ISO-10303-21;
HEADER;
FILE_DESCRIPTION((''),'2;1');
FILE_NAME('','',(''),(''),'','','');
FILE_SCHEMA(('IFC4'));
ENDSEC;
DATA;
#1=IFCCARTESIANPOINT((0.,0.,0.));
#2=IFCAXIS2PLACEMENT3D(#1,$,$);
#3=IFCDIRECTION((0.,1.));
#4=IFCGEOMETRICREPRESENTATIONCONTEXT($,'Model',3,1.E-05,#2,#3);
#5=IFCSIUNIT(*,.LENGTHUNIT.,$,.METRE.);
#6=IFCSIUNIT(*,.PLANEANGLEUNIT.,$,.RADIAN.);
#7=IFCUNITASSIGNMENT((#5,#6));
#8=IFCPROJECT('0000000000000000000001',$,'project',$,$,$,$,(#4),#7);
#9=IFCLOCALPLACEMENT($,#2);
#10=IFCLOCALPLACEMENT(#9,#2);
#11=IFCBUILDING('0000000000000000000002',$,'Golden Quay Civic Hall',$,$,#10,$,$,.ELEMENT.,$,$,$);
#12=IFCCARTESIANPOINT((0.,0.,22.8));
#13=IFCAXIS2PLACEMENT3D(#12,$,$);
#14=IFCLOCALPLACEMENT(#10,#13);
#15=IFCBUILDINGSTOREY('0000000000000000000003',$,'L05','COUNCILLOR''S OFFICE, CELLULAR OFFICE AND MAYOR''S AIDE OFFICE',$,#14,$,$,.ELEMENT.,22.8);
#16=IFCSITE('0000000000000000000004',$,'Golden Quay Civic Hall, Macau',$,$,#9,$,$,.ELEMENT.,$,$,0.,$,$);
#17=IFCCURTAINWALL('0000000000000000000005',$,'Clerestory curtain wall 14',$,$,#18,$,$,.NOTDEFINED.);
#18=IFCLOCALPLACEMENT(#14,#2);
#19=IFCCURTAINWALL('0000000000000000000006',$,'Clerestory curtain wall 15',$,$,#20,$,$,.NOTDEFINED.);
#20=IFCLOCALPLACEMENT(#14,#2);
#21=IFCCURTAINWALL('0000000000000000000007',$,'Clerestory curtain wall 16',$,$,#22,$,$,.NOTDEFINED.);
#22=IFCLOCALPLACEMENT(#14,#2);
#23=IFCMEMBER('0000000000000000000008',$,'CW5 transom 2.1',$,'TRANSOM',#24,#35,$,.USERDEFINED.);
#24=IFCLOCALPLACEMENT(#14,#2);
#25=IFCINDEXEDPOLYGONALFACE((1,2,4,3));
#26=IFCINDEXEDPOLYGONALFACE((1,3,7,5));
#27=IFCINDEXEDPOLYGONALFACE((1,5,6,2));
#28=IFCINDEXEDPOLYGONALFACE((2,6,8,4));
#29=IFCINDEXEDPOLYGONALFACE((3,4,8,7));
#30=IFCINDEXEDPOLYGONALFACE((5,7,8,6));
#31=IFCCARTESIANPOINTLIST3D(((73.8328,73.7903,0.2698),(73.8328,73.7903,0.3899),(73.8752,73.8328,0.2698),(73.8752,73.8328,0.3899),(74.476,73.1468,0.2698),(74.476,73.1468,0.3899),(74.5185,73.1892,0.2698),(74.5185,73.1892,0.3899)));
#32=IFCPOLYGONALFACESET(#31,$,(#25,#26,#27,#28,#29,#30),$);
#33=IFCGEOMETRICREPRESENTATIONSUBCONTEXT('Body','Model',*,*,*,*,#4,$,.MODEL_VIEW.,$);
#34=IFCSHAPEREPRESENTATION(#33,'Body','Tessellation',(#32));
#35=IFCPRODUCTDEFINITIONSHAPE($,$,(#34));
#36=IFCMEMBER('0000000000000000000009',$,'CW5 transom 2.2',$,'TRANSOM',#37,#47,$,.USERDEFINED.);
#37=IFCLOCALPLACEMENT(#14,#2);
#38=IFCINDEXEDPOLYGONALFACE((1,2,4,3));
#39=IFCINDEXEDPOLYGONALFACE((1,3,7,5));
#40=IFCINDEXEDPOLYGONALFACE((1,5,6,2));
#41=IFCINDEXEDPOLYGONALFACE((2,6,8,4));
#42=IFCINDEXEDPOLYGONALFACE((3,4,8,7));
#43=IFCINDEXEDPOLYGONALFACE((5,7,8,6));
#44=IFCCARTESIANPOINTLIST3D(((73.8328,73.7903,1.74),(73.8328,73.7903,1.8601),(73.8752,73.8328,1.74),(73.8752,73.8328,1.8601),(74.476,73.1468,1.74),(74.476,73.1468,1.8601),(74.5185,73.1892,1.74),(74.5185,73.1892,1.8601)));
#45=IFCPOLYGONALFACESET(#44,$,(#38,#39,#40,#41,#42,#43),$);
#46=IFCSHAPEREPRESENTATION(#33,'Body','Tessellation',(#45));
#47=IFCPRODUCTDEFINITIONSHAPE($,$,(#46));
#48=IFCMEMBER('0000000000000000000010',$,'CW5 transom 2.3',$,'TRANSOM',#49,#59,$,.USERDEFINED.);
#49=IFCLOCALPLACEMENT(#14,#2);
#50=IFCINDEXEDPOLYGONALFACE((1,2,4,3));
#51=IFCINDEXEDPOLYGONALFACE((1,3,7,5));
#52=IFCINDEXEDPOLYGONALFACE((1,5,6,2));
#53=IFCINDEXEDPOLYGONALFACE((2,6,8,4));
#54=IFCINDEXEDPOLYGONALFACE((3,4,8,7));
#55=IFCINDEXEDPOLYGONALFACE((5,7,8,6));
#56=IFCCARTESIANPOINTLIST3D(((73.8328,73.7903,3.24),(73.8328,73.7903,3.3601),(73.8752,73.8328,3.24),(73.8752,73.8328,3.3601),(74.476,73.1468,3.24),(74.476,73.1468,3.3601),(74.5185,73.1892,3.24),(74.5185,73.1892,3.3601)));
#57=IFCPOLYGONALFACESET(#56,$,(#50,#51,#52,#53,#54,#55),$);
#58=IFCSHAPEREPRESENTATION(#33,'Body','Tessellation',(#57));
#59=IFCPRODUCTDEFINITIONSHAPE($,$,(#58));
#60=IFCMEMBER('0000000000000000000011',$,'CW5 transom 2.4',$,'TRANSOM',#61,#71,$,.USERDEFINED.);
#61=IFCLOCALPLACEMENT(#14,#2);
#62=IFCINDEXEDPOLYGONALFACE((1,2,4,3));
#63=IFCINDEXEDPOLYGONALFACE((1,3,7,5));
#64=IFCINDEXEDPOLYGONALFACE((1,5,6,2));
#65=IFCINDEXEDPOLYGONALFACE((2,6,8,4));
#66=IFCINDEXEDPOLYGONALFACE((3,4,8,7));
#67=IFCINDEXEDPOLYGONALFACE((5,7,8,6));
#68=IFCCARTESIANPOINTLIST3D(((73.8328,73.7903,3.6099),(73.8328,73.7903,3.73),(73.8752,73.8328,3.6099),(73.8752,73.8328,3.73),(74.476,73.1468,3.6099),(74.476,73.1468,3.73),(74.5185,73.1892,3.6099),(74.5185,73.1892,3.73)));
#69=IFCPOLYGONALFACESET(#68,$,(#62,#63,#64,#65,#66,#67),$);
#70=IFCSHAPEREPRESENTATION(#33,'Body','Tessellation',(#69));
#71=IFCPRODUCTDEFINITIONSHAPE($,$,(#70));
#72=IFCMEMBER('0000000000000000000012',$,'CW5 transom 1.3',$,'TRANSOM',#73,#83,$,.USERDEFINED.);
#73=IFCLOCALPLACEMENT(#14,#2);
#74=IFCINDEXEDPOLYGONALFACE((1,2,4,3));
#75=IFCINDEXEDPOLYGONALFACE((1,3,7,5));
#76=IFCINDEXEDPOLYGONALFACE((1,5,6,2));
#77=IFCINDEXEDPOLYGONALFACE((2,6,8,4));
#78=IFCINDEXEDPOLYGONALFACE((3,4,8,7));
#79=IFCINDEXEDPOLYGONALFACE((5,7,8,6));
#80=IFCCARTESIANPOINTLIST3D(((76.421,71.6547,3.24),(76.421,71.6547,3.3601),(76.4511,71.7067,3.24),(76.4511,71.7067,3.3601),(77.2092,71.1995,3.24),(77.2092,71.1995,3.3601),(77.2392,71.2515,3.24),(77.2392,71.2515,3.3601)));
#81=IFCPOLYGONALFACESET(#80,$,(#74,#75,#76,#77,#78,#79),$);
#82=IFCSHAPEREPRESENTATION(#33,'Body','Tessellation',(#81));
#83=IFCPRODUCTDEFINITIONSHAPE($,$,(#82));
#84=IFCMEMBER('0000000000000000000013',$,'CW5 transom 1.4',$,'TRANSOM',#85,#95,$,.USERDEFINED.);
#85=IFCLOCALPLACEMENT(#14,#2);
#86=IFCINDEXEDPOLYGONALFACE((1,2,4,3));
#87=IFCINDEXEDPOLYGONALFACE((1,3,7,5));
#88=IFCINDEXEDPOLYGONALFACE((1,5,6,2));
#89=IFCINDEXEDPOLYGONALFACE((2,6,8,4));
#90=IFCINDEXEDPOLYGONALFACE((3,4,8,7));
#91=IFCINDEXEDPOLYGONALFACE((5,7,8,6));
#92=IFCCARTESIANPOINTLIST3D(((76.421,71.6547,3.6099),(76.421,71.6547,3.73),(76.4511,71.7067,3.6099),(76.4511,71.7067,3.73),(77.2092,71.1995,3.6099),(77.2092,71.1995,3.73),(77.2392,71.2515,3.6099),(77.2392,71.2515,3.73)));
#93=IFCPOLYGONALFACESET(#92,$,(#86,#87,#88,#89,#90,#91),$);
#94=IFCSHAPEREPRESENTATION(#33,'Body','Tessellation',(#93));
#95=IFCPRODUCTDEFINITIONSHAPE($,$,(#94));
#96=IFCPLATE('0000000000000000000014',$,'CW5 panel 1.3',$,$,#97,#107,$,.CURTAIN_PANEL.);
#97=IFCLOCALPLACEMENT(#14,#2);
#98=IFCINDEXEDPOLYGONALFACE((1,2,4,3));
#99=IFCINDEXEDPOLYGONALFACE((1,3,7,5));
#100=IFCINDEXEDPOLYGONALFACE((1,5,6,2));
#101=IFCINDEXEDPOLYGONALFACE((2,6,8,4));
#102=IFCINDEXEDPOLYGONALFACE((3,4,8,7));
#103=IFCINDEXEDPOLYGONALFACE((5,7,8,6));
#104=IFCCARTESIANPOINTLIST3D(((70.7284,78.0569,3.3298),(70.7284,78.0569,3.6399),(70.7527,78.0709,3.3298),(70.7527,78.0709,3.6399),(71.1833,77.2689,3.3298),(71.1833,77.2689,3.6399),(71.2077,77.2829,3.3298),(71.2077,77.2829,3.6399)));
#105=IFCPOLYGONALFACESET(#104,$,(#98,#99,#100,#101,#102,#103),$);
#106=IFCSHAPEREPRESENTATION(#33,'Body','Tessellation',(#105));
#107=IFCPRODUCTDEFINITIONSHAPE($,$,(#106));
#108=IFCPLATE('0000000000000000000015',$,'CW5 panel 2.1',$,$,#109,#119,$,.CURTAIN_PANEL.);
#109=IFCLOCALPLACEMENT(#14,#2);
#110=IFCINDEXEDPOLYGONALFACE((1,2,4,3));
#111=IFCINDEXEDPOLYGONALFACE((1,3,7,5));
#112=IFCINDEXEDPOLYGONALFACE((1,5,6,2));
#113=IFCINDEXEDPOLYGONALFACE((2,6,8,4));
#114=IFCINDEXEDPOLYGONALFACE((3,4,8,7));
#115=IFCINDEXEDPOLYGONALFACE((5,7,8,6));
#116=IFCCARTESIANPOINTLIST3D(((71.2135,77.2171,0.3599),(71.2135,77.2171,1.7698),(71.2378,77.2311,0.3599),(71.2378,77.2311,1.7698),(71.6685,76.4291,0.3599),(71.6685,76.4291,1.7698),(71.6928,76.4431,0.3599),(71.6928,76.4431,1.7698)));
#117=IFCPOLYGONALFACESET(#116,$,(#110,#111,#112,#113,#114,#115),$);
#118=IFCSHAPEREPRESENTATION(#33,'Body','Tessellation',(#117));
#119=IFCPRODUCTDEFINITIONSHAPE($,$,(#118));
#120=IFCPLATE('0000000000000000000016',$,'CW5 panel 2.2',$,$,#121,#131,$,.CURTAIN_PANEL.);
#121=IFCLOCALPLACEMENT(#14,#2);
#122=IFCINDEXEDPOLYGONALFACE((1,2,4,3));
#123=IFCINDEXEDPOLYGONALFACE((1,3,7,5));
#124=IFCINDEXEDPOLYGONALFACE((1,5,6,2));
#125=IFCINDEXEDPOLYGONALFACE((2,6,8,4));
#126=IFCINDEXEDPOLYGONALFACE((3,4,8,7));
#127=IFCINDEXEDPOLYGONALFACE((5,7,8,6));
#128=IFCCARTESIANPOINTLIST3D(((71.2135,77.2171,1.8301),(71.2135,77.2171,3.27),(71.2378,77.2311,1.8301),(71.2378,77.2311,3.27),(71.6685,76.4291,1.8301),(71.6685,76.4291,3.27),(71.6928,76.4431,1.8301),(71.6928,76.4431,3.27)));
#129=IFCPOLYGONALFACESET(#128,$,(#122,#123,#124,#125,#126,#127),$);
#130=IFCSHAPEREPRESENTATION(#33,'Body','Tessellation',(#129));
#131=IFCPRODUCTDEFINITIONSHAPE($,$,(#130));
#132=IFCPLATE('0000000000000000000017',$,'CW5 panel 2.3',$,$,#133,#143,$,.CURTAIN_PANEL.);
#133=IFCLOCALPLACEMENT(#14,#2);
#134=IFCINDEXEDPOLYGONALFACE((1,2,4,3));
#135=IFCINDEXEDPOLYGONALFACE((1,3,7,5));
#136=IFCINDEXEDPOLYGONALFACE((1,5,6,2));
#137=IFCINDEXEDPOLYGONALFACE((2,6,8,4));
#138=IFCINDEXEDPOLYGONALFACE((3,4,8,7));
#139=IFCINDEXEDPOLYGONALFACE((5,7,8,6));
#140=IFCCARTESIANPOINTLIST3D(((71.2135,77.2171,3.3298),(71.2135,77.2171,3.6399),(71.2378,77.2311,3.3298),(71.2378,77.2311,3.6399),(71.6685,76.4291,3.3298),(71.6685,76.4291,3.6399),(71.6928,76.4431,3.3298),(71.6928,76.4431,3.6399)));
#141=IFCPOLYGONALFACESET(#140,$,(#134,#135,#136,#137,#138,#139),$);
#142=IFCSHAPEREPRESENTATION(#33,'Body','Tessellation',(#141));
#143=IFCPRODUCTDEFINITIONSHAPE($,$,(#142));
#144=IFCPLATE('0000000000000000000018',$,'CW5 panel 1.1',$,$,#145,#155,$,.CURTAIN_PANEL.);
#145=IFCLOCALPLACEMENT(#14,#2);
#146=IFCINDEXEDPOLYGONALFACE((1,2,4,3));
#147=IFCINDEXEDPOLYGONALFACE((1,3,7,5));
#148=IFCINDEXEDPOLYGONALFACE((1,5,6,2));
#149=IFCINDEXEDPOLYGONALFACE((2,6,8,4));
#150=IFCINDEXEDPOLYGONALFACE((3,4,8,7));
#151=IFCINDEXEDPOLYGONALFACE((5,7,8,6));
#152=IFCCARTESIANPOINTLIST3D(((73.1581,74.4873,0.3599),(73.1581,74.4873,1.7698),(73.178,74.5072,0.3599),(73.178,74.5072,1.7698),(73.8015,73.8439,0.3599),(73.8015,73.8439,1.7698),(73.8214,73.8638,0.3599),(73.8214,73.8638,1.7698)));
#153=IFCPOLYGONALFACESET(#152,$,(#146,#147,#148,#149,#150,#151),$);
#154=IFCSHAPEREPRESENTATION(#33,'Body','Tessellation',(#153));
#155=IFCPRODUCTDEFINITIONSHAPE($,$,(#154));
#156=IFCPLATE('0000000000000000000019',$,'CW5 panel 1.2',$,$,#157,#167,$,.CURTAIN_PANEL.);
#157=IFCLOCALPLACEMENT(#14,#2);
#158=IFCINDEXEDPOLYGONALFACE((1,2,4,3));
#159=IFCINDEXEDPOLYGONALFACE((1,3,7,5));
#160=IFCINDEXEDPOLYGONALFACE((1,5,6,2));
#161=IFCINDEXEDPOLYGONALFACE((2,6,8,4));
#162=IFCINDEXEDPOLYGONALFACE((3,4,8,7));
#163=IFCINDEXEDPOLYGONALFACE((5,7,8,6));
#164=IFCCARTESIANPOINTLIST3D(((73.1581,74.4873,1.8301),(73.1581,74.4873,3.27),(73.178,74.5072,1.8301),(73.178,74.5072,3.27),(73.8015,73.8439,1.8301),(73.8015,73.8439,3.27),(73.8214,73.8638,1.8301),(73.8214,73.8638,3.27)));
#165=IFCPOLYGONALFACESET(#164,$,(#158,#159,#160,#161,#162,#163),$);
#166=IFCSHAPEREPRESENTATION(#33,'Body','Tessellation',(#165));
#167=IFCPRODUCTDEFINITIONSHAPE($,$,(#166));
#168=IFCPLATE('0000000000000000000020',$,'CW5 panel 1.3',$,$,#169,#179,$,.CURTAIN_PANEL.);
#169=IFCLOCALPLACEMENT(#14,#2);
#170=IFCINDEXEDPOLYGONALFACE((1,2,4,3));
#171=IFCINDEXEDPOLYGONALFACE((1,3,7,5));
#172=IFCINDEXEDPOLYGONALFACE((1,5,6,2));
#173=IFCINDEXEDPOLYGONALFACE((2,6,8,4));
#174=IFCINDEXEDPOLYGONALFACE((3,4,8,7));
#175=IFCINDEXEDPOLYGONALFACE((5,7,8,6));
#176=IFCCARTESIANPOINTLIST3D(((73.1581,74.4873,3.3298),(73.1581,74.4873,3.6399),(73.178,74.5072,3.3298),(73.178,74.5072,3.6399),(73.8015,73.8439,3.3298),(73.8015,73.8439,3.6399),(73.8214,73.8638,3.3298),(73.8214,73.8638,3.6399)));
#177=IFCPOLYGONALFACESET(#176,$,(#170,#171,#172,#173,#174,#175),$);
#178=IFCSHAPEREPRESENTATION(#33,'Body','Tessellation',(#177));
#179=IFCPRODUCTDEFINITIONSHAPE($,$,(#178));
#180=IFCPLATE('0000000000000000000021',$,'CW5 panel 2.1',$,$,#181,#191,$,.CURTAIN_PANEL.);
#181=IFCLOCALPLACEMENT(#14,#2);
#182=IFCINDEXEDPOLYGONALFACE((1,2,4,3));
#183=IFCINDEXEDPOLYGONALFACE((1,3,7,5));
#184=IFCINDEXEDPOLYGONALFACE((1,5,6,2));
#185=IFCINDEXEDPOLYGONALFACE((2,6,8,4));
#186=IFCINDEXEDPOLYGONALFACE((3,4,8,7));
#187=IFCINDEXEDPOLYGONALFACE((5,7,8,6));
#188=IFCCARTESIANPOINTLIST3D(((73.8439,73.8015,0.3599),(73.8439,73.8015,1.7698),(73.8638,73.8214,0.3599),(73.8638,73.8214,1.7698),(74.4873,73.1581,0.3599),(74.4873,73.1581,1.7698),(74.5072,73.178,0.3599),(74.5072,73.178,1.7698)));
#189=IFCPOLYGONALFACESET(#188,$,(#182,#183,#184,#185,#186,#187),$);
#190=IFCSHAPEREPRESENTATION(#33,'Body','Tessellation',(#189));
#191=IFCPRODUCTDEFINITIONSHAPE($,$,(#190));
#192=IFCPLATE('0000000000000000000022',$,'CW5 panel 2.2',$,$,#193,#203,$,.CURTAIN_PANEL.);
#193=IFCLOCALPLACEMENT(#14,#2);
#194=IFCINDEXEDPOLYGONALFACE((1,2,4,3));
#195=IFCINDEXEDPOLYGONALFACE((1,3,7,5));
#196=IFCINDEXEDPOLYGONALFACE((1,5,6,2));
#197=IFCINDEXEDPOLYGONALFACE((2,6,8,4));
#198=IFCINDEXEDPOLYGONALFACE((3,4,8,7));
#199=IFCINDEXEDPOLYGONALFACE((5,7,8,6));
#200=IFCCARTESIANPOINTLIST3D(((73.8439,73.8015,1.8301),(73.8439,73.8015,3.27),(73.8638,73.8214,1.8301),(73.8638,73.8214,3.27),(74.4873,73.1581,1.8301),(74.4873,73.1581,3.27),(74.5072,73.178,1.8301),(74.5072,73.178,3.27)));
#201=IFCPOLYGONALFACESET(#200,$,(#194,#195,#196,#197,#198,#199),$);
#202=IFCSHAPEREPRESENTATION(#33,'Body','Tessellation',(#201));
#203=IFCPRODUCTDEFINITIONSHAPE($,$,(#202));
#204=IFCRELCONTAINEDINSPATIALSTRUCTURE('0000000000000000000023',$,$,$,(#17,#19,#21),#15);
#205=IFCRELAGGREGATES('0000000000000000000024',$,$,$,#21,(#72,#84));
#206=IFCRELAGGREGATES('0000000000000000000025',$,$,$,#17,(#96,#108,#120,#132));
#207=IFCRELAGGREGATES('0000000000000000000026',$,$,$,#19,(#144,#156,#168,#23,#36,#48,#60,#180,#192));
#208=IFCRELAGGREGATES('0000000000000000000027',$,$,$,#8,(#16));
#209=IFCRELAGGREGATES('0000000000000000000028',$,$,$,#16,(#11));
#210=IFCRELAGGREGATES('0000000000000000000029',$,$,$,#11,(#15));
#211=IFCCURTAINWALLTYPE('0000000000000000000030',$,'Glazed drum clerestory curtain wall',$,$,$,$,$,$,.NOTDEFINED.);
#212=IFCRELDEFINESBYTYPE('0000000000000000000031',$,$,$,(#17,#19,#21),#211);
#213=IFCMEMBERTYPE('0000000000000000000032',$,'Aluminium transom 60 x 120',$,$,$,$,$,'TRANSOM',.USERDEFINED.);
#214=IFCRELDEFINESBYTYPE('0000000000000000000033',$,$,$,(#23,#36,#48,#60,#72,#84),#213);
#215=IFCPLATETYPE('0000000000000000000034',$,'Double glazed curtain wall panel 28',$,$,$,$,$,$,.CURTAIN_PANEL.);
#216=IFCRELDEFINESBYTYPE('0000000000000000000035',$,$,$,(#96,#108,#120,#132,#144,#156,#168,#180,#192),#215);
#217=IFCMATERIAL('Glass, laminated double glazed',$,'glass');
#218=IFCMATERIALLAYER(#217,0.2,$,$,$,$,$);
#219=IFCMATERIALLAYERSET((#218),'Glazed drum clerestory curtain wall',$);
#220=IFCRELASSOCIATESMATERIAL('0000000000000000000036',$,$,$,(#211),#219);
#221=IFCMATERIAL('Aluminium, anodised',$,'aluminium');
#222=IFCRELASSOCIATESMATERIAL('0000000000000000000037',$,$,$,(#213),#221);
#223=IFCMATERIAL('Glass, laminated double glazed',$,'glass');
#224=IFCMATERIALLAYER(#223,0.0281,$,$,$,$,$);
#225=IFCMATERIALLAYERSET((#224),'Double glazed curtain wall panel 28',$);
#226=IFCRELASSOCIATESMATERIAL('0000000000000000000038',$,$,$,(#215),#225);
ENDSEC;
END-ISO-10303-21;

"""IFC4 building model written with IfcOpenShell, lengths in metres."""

from ifc_helpers import new_model, si_unit, direction, frame, origin, origin_2d, place, context, subcontext, project, spatial, rectangle, extrude, material, layer, layer_set, material_profile, profile_set, type_object, element, aggregate, save


model = new_model("IFC4")

# Units and contexts
model_context = context("Model", 3, precision=1e-05, world=origin(), true_north=direction((0.0, 1.0)))
body_context = subcontext(model_context, "Body", "Model", "MODEL_VIEW")
ifc_project = project(units=[si_unit("LENGTHUNIT", "METRE"), si_unit("PLANEANGLEUNIT", "RADIAN")], contexts=[model_context])

# Site, building, storey
site_placement = place(None, origin())
site = spatial("IfcSite", under=ifc_project, at=site_placement, Name="Golden Quay Civic Hall, Macau", CompositionType="ELEMENT", RefElevation=0.0)
building_placement = place(site_placement, origin())
building = spatial("IfcBuilding", under=site, at=building_placement, Name="Golden Quay Civic Hall", CompositionType="ELEMENT")
storey_placement = place(building_placement, frame((0.0, 0.0, 22.8)))
storey = spatial("IfcBuildingStorey", under=building, at=storey_placement, Name="L05", Description="COUNCILLOR'S OFFICE, CELLULAR OFFICE AND MAYOR'S AIDE OFFICE", CompositionType="ELEMENT", Elevation=22.8)

# Curtain walls
ifc_material_1 = material(Name="Glass, laminated double glazed", Category="glass")
ifc_layer_1 = layer(ifc_material_1, 0.2)
ifc_layer_set_1 = layer_set([ifc_layer_1], Name="Glazed drum clerestory curtain wall")
curtain_wall_type = type_object("IfcCurtainWallType", Name="Glazed drum clerestory curtain wall", PredefinedType="NOTDEFINED", material=ifc_layer_set_1)
curtain_wall_1_placement = place(storey_placement, origin())
curtain_wall_1 = element("IfcCurtainWall", 1, at=curtain_wall_1_placement, inside=storey, type_object=curtain_wall_type, Name="Clerestory curtain wall 14", PredefinedType="NOTDEFINED")
curtain_wall_2_placement = place(storey_placement, origin())
curtain_wall_2 = element("IfcCurtainWall", 2, at=curtain_wall_2_placement, inside=storey, type_object=curtain_wall_type, Name="Clerestory curtain wall 15", PredefinedType="NOTDEFINED")

# Curtain wall
curtain_wall_3_placement = place(storey_placement, origin())
curtain_wall_3 = element("IfcCurtainWall", 3, at=curtain_wall_3_placement, inside=storey, type_object=curtain_wall_type, Name="Clerestory curtain wall 16", PredefinedType="NOTDEFINED")

# Members
ifc_material_2 = material(Name="Aluminium, anodised", Category="aluminium")
ifc_material_profile_1 = material_profile(ifc_material_2, rectangle(XDim=0.0601, YDim=0.1201, at=origin_2d()), Name="Aluminium 60 x 120")
ifc_profile_set_1 = profile_set([ifc_material_profile_1], Name="Aluminium, anodised")
member_type_1 = type_object("IfcMemberType", Name="Aluminium transom 60 x 120", ElementType="TRANSOM", PredefinedType="USERDEFINED", material=ifc_profile_set_1)
member_1_placement = place(storey_placement, frame((73.854, 73.8115, 0.3298), z_axis=(0.706973, -0.707241, 0.0), x_axis=(0.707241, 0.706973, 0.0)))
member_1 = element("IfcMember", 4, at=member_1_placement, type_object=member_type_1, Name="CW5 transom 2.1", ObjectType="TRANSOM", PredefinedType="USERDEFINED", context=body_context, shape_type="SweptSolid", body=[
    extrude(rectangle(XDim=0.0601, YDim=0.1201, at=origin_2d()), origin(), (0.0, 0.0, 1.0), 0.9099),
])
member_2_placement = place(storey_placement, frame((73.854, 73.8115, 1.8), z_axis=(0.706973, -0.707241, 0.0), x_axis=(0.707241, 0.706973, 0.0)))
member_2 = element("IfcMember", 5, at=member_2_placement, type_object=member_type_1, Name="CW5 transom 2.2", ObjectType="TRANSOM", PredefinedType="USERDEFINED", context=body_context, shape_type="SweptSolid", body=[
    extrude(rectangle(XDim=0.0601, YDim=0.1201, at=origin_2d()), origin(), (0.0, 0.0, 1.0), 0.9099),
])
member_3_placement = place(storey_placement, frame((73.854, 73.8115, 3.3), z_axis=(0.706973, -0.707241, 0.0), x_axis=(0.707241, 0.706973, 0.0)))
member_3 = element("IfcMember", 6, at=member_3_placement, type_object=member_type_1, Name="CW5 transom 2.3", ObjectType="TRANSOM", PredefinedType="USERDEFINED", context=body_context, shape_type="SweptSolid", body=[
    extrude(rectangle(XDim=0.0601, YDim=0.1201, at=origin_2d()), origin(), (0.0, 0.0, 1.0), 0.9099),
])
member_4_placement = place(storey_placement, frame((73.854, 73.8115, 3.6699), z_axis=(0.706973, -0.707241, 0.0), x_axis=(0.707241, 0.706973, 0.0)))
member_4 = element("IfcMember", 7, at=member_4_placement, type_object=member_type_1, Name="CW5 transom 2.4", ObjectType="TRANSOM", PredefinedType="USERDEFINED", context=body_context, shape_type="SweptSolid", body=[
    extrude(rectangle(XDim=0.0601, YDim=0.1201, at=origin_2d()), origin(), (0.0, 0.0, 1.0), 0.9099),
])
member_5_placement = place(storey_placement, frame((76.436, 71.6807, 3.3), z_axis=(0.865989, -0.500063, 0.0), x_axis=(0.500063, 0.865989, 0.0)))
member_5 = element("IfcMember", 8, at=member_5_placement, type_object=member_type_1, Name="CW5 transom 1.3", ObjectType="TRANSOM", PredefinedType="USERDEFINED", context=body_context, shape_type="SweptSolid", body=[
    extrude(rectangle(XDim=0.0601, YDim=0.1201, at=origin_2d()), origin(), (0.0, 0.0, 1.0), 0.9102),
])
member_6_placement = place(storey_placement, frame((76.436, 71.6807, 3.6699), z_axis=(0.865989, -0.500063, 0.0), x_axis=(0.500063, 0.865989, 0.0)))
member_6 = element("IfcMember", 9, at=member_6_placement, type_object=member_type_1, Name="CW5 transom 1.4", ObjectType="TRANSOM", PredefinedType="USERDEFINED", context=body_context, shape_type="SweptSolid", body=[
    extrude(rectangle(XDim=0.0601, YDim=0.1201, at=origin_2d()), origin(), (0.0, 0.0, 1.0), 0.9102),
])
aggregate(curtain_wall_3, [member_5, member_6])

# Plates
ifc_material_3 = material(Name="Glass, laminated double glazed", Category="glass")
ifc_layer_2 = layer(ifc_material_3, 0.0281)
ifc_layer_set_2 = layer_set([ifc_layer_2], Name="Double glazed curtain wall panel 28")
plate_type = type_object("IfcPlateType", Name="Double glazed curtain wall panel 28", PredefinedType="CURTAIN_PANEL", material=ifc_layer_set_2)
plate_1_placement = place(storey_placement, frame((70.968, 77.6699, 3.3298), z_axis=(0.0, 0.0, 1.0), x_axis=(0.500011, -0.866019, 0.0)))
plate_1 = element("IfcPlate", 10, at=plate_1_placement, type_object=plate_type, Name="CW5 panel 1.3", PredefinedType="CURTAIN_PANEL", context=body_context, shape_type="SweptSolid", body=[
    extrude(rectangle(XDim=0.9099, YDim=0.0281, at=origin_2d()), origin(), (0.0, 0.0, 1.0), 0.3101),
])
plate_2_placement = place(storey_placement, frame((71.4531, 76.8301, 0.3599), z_axis=(0.0, 0.0, 1.0), x_axis=(0.500011, -0.866019, 0.0)))
plate_2 = element("IfcPlate", 11, at=plate_2_placement, type_object=plate_type, Name="CW5 panel 2.1", PredefinedType="CURTAIN_PANEL", context=body_context, shape_type="SweptSolid", body=[
    extrude(rectangle(XDim=0.9099, YDim=0.0281, at=origin_2d()), origin(), (0.0, 0.0, 1.0), 1.4099),
])
plate_3_placement = place(storey_placement, frame((71.4531, 76.8301, 1.8301), z_axis=(0.0, 0.0, 1.0), x_axis=(0.500011, -0.866019, 0.0)))
plate_3 = element("IfcPlate", 12, at=plate_3_placement, type_object=plate_type, Name="CW5 panel 2.2", PredefinedType="CURTAIN_PANEL", context=body_context, shape_type="SweptSolid", body=[
    extrude(rectangle(XDim=0.9099, YDim=0.0281, at=origin_2d()), origin(), (0.0, 0.0, 1.0), 1.4399),
])
plate_4_placement = place(storey_placement, frame((71.4531, 76.8301, 3.3298), z_axis=(0.0, 0.0, 1.0), x_axis=(0.500011, -0.866019, 0.0)))
plate_4 = element("IfcPlate", 13, at=plate_4_placement, type_object=plate_type, Name="CW5 panel 2.3", PredefinedType="CURTAIN_PANEL", context=body_context, shape_type="SweptSolid", body=[
    extrude(rectangle(XDim=0.9099, YDim=0.0281, at=origin_2d()), origin(), (0.0, 0.0, 1.0), 0.3101),
])
aggregate(curtain_wall_1, [plate_1, plate_2, plate_3, plate_4])
plate_5_placement = place(storey_placement, frame((73.4897, 74.1755, 0.3599), z_axis=(0.0, 0.0, 1.0), x_axis=(0.707107, -0.707107, 0.0)))
plate_5 = element("IfcPlate", 14, at=plate_5_placement, type_object=plate_type, Name="CW5 panel 1.1", PredefinedType="CURTAIN_PANEL", context=body_context, shape_type="SweptSolid", body=[
    extrude(rectangle(XDim=0.9099, YDim=0.0281, at=origin_2d()), origin(), (0.0, 0.0, 1.0), 1.4099),
])
plate_6_placement = place(storey_placement, frame((73.4897, 74.1755, 1.8301), z_axis=(0.0, 0.0, 1.0), x_axis=(0.707107, -0.707107, 0.0)))
plate_6 = element("IfcPlate", 15, at=plate_6_placement, type_object=plate_type, Name="CW5 panel 1.2", PredefinedType="CURTAIN_PANEL", context=body_context, shape_type="SweptSolid", body=[
    extrude(rectangle(XDim=0.9099, YDim=0.0281, at=origin_2d()), origin(), (0.0, 0.0, 1.0), 1.4399),
])
plate_7_placement = place(storey_placement, frame((73.4897, 74.1755, 3.3298), z_axis=(0.0, 0.0, 1.0), x_axis=(0.707107, -0.707107, 0.0)))
plate_7 = element("IfcPlate", 16, at=plate_7_placement, type_object=plate_type, Name="CW5 panel 1.3", PredefinedType="CURTAIN_PANEL", context=body_context, shape_type="SweptSolid", body=[
    extrude(rectangle(XDim=0.9099, YDim=0.0281, at=origin_2d()), origin(), (0.0, 0.0, 1.0), 0.3101),
])
plate_8_placement = place(storey_placement, frame((74.1755, 73.4897, 0.3599), z_axis=(0.0, 0.0, 1.0), x_axis=(0.707107, -0.707107, 0.0)))
plate_8 = element("IfcPlate", 17, at=plate_8_placement, type_object=plate_type, Name="CW5 panel 2.1", PredefinedType="CURTAIN_PANEL", context=body_context, shape_type="SweptSolid", body=[
    extrude(rectangle(XDim=0.9099, YDim=0.0281, at=origin_2d()), origin(), (0.0, 0.0, 1.0), 1.4099),
])
plate_9_placement = place(storey_placement, frame((74.1755, 73.4897, 1.8301), z_axis=(0.0, 0.0, 1.0), x_axis=(0.707107, -0.707107, 0.0)))
plate_9 = element("IfcPlate", 18, at=plate_9_placement, type_object=plate_type, Name="CW5 panel 2.2", PredefinedType="CURTAIN_PANEL", context=body_context, shape_type="SweptSolid", body=[
    extrude(rectangle(XDim=0.9099, YDim=0.0281, at=origin_2d()), origin(), (0.0, 0.0, 1.0), 1.4399),
])
aggregate(curtain_wall_2, [plate_5, plate_6, plate_7, member_1, member_2, member_3, member_4, plate_8, plate_9])

save(model, "model.ifc")
